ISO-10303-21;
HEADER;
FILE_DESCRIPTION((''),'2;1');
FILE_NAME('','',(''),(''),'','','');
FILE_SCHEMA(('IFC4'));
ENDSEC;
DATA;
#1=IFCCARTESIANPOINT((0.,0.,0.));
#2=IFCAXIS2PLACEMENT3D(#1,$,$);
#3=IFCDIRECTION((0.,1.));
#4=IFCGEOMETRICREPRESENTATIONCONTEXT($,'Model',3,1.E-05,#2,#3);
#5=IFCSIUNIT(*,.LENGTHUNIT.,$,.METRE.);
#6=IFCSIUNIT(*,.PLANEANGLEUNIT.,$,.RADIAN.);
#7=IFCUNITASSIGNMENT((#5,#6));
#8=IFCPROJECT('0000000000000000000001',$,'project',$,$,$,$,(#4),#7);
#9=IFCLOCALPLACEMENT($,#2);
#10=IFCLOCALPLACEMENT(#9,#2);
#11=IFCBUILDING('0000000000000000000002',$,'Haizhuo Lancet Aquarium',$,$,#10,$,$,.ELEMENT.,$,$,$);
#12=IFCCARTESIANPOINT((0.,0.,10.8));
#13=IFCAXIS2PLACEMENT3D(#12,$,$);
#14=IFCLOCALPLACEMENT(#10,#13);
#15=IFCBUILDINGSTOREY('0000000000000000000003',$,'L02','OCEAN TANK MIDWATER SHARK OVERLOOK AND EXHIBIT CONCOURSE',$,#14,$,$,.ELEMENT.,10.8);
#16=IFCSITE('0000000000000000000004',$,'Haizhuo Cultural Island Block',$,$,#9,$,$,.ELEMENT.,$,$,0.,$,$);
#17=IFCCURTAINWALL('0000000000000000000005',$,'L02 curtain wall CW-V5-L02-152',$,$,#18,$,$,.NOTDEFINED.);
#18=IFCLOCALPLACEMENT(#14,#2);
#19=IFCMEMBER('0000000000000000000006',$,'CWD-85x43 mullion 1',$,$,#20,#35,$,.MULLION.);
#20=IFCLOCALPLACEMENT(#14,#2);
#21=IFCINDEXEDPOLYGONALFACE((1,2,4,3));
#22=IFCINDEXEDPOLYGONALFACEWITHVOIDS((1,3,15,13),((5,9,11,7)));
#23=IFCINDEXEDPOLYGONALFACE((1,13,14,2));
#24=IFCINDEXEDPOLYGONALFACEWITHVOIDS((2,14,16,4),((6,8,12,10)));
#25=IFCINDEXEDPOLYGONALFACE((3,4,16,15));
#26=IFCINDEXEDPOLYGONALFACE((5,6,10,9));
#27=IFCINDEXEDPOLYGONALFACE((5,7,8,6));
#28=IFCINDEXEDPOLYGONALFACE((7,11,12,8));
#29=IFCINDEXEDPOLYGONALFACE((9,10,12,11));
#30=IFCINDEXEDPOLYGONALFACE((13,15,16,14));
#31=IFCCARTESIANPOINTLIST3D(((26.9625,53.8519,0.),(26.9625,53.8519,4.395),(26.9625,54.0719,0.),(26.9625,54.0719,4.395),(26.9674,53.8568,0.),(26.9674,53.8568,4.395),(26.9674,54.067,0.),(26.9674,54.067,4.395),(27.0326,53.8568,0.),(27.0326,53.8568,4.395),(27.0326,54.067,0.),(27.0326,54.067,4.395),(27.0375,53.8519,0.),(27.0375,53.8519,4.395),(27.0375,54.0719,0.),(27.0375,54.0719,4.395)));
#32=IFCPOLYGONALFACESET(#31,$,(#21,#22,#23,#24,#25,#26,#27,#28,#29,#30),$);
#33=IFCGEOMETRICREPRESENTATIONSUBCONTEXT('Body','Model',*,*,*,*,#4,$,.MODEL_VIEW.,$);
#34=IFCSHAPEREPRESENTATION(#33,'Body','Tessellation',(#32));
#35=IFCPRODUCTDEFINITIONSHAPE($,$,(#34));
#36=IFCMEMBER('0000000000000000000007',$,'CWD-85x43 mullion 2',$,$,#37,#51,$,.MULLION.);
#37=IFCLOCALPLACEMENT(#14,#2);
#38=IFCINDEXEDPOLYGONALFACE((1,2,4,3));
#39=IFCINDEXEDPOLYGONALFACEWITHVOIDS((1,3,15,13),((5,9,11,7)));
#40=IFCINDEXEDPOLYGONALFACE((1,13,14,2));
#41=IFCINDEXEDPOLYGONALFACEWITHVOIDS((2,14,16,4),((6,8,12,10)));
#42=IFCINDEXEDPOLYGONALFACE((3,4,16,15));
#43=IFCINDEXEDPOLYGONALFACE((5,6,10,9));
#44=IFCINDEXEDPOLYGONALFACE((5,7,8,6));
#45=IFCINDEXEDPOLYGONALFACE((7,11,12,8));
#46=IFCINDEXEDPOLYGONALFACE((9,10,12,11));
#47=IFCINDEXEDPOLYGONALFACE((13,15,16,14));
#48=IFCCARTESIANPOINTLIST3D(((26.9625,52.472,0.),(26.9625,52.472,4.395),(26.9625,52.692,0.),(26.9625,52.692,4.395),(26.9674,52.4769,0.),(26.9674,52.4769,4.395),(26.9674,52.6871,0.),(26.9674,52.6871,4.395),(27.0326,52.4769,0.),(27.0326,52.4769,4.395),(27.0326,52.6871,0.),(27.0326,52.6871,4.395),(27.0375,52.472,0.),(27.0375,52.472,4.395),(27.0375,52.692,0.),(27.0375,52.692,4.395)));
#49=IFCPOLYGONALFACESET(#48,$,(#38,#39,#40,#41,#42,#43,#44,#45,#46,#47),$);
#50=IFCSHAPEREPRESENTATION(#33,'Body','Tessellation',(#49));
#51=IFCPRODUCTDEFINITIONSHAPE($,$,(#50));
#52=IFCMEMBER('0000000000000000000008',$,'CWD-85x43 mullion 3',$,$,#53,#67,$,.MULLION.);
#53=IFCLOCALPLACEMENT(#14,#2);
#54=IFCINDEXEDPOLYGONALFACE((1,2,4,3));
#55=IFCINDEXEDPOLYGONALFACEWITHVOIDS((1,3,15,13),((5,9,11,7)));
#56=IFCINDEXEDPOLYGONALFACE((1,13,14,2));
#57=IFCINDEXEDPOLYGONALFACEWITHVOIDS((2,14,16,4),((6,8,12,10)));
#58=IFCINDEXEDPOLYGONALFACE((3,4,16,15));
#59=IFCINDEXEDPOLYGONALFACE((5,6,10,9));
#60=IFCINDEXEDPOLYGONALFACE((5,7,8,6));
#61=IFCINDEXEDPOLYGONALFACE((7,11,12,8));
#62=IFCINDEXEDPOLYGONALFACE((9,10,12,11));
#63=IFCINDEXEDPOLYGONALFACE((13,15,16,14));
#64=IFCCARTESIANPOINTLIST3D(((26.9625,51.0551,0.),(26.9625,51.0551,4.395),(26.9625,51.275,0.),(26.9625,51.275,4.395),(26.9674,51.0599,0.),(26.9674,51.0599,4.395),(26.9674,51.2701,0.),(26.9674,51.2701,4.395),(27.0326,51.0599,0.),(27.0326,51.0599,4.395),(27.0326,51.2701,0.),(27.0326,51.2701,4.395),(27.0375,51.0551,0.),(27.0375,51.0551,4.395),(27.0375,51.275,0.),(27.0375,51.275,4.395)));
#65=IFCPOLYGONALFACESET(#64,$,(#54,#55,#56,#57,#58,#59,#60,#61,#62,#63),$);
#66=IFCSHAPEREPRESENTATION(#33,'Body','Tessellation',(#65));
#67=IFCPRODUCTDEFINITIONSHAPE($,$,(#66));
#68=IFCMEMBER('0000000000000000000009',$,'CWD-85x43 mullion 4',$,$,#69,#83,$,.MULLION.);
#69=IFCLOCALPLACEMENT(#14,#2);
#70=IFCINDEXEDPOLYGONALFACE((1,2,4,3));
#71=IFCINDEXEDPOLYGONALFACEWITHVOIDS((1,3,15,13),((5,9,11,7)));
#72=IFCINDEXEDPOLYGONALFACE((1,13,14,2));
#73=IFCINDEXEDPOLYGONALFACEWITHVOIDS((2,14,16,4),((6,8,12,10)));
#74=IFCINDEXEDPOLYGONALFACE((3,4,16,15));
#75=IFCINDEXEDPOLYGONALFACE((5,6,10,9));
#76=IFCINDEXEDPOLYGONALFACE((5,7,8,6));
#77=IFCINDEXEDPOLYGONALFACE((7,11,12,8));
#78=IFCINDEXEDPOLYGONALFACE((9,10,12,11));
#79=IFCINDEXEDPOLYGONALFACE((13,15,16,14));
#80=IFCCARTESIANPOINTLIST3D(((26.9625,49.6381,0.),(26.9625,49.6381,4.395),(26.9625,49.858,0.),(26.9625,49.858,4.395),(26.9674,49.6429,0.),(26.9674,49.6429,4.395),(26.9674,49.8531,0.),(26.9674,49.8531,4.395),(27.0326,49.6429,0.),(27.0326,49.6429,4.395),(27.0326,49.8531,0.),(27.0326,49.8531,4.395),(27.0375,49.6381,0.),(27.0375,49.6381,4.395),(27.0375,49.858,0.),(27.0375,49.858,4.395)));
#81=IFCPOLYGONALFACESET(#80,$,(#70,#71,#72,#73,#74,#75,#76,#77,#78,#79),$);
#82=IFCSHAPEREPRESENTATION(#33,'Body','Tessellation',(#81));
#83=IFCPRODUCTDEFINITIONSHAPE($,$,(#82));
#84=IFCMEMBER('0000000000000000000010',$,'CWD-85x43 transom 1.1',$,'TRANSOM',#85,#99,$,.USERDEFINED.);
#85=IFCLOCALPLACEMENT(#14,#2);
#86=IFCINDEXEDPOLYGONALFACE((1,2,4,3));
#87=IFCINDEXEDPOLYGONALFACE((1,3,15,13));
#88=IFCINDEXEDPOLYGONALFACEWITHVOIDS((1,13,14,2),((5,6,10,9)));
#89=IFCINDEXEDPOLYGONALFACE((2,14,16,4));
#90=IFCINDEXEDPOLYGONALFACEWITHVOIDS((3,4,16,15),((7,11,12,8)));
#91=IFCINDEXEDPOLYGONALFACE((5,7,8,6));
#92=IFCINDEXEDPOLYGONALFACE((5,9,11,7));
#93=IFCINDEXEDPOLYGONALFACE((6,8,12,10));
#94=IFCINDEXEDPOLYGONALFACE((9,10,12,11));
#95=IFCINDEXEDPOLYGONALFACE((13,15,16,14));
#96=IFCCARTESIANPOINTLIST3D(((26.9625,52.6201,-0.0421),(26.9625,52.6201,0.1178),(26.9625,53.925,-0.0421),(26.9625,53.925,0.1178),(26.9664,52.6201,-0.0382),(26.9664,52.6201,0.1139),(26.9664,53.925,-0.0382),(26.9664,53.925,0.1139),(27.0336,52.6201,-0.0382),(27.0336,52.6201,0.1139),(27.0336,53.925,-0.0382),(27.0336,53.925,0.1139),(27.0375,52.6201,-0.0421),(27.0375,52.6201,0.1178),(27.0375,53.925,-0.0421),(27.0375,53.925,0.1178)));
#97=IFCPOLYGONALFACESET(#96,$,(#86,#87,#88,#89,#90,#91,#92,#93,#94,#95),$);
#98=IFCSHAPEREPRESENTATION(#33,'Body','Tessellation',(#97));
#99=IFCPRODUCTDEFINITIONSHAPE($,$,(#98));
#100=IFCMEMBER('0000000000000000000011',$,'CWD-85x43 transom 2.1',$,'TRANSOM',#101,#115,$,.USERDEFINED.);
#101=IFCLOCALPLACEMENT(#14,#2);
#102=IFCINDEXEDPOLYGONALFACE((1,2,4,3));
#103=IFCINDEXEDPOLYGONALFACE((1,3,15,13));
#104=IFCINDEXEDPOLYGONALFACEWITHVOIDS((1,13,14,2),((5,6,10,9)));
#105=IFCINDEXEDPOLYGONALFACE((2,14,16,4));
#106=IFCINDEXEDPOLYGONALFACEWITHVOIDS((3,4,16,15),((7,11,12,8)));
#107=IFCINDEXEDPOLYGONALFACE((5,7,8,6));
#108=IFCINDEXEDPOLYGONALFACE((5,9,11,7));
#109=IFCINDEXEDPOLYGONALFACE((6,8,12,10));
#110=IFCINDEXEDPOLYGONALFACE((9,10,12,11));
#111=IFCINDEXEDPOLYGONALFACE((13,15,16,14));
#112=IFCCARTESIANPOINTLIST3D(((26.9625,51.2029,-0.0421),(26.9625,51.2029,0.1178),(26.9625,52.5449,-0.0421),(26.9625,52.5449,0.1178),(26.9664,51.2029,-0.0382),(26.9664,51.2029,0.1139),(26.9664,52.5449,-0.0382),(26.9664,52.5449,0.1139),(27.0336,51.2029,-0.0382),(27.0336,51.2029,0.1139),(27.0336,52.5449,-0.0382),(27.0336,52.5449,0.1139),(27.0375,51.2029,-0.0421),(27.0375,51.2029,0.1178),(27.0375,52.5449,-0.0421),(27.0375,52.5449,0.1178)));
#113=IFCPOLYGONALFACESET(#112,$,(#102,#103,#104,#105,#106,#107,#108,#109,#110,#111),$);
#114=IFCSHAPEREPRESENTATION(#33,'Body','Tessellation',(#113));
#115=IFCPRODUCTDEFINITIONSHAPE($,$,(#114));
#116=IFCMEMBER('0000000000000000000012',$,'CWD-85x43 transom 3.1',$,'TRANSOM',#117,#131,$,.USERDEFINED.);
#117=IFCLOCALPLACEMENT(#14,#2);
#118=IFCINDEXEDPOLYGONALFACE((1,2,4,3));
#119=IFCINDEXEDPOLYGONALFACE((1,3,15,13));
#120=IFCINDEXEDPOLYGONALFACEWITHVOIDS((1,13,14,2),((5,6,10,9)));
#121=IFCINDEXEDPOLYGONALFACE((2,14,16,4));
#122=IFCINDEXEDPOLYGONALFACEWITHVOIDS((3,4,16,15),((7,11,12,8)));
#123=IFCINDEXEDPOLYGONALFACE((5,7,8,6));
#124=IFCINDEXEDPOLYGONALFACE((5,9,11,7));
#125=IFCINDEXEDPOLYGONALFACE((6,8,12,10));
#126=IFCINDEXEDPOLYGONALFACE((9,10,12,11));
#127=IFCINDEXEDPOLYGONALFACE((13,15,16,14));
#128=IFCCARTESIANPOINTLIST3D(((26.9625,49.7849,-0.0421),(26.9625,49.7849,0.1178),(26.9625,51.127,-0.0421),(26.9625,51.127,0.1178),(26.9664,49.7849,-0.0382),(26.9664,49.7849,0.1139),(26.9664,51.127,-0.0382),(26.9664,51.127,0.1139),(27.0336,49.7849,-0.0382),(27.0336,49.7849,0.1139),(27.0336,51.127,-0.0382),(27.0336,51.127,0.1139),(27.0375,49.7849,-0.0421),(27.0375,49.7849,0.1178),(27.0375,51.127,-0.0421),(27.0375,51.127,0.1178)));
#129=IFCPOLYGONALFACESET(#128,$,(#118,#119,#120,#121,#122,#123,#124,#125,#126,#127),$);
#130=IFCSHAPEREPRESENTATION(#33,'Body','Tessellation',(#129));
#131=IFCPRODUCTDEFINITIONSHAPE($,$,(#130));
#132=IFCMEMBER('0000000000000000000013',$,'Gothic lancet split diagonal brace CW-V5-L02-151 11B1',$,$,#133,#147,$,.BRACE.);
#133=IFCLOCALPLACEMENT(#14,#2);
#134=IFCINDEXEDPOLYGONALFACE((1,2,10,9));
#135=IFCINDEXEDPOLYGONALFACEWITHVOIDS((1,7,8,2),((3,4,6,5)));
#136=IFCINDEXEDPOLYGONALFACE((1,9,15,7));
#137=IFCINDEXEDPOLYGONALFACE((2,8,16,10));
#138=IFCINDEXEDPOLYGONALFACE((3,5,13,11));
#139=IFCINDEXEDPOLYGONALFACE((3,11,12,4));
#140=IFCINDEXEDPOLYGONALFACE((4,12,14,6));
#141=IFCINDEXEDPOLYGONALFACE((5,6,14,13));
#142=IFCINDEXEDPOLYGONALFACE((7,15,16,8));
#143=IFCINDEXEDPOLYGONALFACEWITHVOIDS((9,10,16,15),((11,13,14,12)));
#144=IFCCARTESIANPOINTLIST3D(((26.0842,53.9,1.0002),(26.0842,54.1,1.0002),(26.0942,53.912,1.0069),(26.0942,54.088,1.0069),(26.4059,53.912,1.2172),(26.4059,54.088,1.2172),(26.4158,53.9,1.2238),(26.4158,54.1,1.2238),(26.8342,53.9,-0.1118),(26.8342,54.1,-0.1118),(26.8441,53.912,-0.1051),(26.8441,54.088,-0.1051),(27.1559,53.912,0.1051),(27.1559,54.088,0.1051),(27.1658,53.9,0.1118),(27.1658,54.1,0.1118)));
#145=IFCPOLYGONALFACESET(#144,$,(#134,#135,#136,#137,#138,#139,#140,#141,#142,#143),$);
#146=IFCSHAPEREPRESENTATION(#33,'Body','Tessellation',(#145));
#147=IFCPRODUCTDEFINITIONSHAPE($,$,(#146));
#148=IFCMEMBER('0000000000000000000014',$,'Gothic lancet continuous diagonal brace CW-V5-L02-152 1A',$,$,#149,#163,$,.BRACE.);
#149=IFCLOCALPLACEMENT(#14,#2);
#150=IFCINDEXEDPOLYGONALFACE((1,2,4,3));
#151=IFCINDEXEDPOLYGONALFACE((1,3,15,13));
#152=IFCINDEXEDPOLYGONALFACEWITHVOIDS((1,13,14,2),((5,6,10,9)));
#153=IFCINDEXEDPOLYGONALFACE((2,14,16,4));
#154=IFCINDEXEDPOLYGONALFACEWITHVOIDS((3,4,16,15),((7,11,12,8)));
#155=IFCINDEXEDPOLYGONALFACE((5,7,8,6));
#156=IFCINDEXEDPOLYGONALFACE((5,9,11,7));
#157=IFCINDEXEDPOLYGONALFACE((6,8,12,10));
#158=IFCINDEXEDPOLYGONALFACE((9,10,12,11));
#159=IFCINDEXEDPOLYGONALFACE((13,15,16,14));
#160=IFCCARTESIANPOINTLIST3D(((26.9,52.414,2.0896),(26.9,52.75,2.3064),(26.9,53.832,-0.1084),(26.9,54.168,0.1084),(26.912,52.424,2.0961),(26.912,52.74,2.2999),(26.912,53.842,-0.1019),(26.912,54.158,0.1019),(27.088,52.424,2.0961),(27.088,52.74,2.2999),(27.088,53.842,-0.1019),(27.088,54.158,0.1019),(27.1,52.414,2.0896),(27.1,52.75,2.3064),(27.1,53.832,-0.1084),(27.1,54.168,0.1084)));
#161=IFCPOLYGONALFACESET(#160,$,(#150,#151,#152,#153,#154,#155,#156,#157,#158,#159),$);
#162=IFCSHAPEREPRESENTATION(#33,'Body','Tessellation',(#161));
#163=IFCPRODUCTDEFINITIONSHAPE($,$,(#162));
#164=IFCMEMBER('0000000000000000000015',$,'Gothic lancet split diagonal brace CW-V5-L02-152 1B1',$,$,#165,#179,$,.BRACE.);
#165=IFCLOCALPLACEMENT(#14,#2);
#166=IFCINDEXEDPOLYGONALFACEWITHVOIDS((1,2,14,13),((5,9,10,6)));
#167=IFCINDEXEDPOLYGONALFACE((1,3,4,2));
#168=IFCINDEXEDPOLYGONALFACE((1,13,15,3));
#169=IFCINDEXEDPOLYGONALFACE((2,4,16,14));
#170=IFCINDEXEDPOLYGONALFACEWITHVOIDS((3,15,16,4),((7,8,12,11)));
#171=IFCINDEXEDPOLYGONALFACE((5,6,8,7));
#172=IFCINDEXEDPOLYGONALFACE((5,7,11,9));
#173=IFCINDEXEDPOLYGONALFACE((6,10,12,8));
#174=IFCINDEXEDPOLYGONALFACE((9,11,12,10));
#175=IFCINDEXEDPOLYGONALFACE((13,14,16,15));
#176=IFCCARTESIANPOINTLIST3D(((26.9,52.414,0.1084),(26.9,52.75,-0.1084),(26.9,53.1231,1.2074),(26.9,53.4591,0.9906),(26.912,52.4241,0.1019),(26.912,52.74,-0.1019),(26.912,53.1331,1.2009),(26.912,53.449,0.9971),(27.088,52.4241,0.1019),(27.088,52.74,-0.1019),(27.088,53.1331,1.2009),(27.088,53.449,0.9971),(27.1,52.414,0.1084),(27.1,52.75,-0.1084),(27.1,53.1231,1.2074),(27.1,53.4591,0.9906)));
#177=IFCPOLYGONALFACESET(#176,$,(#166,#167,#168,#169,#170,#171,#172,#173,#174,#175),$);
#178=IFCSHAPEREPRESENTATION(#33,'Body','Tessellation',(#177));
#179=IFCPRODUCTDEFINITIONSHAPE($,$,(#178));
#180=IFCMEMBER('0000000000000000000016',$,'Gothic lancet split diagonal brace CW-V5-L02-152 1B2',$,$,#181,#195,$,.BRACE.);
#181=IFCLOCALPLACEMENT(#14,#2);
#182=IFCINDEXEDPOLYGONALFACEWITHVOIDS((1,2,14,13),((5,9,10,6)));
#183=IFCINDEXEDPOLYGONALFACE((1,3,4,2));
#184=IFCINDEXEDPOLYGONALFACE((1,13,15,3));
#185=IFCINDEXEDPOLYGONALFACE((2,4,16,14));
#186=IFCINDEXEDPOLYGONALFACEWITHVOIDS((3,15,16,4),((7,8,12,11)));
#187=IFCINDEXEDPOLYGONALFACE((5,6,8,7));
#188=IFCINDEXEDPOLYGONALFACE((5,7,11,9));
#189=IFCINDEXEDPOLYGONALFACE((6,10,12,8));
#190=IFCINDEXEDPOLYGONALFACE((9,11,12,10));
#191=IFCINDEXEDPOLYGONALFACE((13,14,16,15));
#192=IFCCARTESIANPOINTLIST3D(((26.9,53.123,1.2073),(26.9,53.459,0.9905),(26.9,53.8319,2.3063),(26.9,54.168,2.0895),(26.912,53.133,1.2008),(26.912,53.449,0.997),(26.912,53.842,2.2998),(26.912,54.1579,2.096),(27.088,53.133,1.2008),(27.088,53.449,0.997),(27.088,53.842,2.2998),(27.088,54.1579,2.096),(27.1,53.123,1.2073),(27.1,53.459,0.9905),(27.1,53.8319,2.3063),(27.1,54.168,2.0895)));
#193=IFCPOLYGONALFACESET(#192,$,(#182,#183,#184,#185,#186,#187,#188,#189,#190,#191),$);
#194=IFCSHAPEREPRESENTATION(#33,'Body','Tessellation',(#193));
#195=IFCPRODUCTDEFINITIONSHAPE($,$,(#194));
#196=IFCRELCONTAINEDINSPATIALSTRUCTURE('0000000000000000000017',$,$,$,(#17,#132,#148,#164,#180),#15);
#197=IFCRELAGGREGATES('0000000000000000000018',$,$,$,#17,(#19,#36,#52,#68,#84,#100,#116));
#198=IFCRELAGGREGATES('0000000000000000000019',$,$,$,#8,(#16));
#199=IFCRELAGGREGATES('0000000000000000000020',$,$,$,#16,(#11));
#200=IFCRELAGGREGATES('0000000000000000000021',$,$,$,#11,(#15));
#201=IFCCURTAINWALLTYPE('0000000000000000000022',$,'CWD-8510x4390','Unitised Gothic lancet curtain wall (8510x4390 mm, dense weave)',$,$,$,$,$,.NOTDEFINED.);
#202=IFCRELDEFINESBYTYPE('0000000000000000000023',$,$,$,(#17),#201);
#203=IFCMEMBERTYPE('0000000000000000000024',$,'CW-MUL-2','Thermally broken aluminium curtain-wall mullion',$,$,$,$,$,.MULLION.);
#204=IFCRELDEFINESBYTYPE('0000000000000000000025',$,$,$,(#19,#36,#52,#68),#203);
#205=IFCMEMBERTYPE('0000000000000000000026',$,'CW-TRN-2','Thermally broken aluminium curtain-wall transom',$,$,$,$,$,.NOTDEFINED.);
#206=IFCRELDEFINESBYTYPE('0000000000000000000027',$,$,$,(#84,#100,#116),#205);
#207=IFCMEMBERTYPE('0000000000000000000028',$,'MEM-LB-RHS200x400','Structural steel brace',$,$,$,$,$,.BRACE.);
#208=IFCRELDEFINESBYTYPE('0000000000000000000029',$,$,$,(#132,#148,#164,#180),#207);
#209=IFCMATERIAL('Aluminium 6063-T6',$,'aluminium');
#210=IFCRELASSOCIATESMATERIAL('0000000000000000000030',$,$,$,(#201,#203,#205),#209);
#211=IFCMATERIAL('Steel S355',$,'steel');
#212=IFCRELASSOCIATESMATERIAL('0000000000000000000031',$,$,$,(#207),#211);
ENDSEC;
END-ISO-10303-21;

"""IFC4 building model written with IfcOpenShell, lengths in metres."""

from ifc_helpers import new_model, si_unit, direction, frame, origin, origin_2d, place, context, subcontext, project, spatial, hollow_rectangle, extrude, material, material_profile, profile_set, type_object, element, aggregate, save


model = new_model("IFC4")

# Units and contexts
model_context = context("Model", 3, precision=1e-05, world=origin(), true_north=direction((0.0, 1.0)))
body_context = subcontext(model_context, "Body", "Model", "MODEL_VIEW")
ifc_project = project(units=[si_unit("LENGTHUNIT", "METRE"), si_unit("PLANEANGLEUNIT", "RADIAN")], contexts=[model_context])

# Site, building, storey
site_placement = place(None, origin())
site = spatial("IfcSite", under=ifc_project, at=site_placement, Name="Haizhuo Cultural Island Block", CompositionType="ELEMENT", RefElevation=0.0)
building_placement = place(site_placement, origin())
building = spatial("IfcBuilding", under=site, at=building_placement, Name="Haizhuo Lancet Aquarium", CompositionType="ELEMENT")
storey_placement = place(building_placement, frame((0.0, 0.0, 10.8)))
storey = spatial("IfcBuildingStorey", under=building, at=storey_placement, Name="L02", Description="OCEAN TANK MIDWATER SHARK OVERLOOK AND EXHIBIT CONCOURSE", CompositionType="ELEMENT", Elevation=10.8)

# Curtain wall, members
ifc_material_1 = material(Name="Aluminium 6063-T6", Category="aluminium")
curtain_wall_type = type_object("IfcCurtainWallType", Name="CWD-8510x4390", Description="Unitised Gothic lancet curtain wall (8510x4390 mm, dense weave)", PredefinedType="NOTDEFINED", material=ifc_material_1)
curtain_wall_placement = place(storey_placement, origin())
curtain_wall = element("IfcCurtainWall", 1, at=curtain_wall_placement, inside=storey, type_object=curtain_wall_type, Name="L02 curtain wall CW-V5-L02-152", PredefinedType="NOTDEFINED")
ifc_material_profile_1 = material_profile(ifc_material_1, hollow_rectangle(XDim=0.075, YDim=0.22, WallThickness=0.0049, at=origin_2d()), Name="ALU-M 75x220x5")
ifc_profile_set_1 = profile_set([ifc_material_profile_1], Name="Aluminium 6063-T6")
member_type_1 = type_object("IfcMemberType", Name="CW-MUL-2", Description="Thermally broken aluminium curtain-wall mullion", PredefinedType="MULLION", material=ifc_profile_set_1)
member_1_placement = place(storey_placement, frame((27.0, 53.9619, 0.0), z_axis=(0.0, 0.0, 1.0), x_axis=(1.0, 0.0, 0.0)))
member_1 = element("IfcMember", 2, at=member_1_placement, type_object=member_type_1, Name="CWD-85x43 mullion 1", PredefinedType="MULLION", context=body_context, shape_type="SweptSolid", body=[
    extrude(hollow_rectangle(XDim=0.075, YDim=0.22, WallThickness=0.0049, at=origin_2d()), origin(), (0.0, 0.0, 1.0), 4.395),
])
member_2_placement = place(storey_placement, frame((27.0, 52.582, 0.0), z_axis=(0.0, 0.0, 1.0), x_axis=(1.0, 0.0, 0.0)))
member_2 = element("IfcMember", 3, at=member_2_placement, type_object=member_type_1, Name="CWD-85x43 mullion 2", PredefinedType="MULLION", context=body_context, shape_type="SweptSolid", body=[
    extrude(hollow_rectangle(XDim=0.075, YDim=0.22, WallThickness=0.0049, at=origin_2d()), origin(), (0.0, 0.0, 1.0), 4.395),
])
member_3_placement = place(storey_placement, frame((27.0, 51.165, 0.0), z_axis=(0.0, 0.0, 1.0), x_axis=(1.0, 0.0, 0.0)))
member_3 = element("IfcMember", 4, at=member_3_placement, type_object=member_type_1, Name="CWD-85x43 mullion 3", PredefinedType="MULLION", context=body_context, shape_type="SweptSolid", body=[
    extrude(hollow_rectangle(XDim=0.075, YDim=0.22, WallThickness=0.0049, at=origin_2d()), origin(), (0.0, 0.0, 1.0), 4.395),
])
member_4_placement = place(storey_placement, frame((27.0, 49.748, 0.0), z_axis=(0.0, 0.0, 1.0), x_axis=(1.0, 0.0, 0.0)))
member_4 = element("IfcMember", 5, at=member_4_placement, type_object=member_type_1, Name="CWD-85x43 mullion 4", PredefinedType="MULLION", context=body_context, shape_type="SweptSolid", body=[
    extrude(hollow_rectangle(XDim=0.075, YDim=0.22, WallThickness=0.0049, at=origin_2d()), origin(), (0.0, 0.0, 1.0), 4.395),
])
ifc_material_profile_2 = material_profile(ifc_material_1, hollow_rectangle(XDim=0.075, YDim=0.1599, WallThickness=0.0039, at=origin_2d()), Name="ALU-T 75x160x4")
ifc_profile_set_2 = profile_set([ifc_material_profile_2], Name="Aluminium 6063-T6")
member_type_2 = type_object("IfcMemberType", Name="CW-TRN-2", Description="Thermally broken aluminium curtain-wall transom", PredefinedType="NOTDEFINED", material=ifc_profile_set_2)
member_5_placement = place(storey_placement, frame((27.0, 53.925, 0.0378), z_axis=(0.0, -1.0, 0.0), x_axis=(1.0, 0.0, 0.0)))
member_5 = element("IfcMember", 6, at=member_5_placement, type_object=member_type_2, Name="CWD-85x43 transom 1.1", ObjectType="TRANSOM", PredefinedType="USERDEFINED", context=body_context, shape_type="SweptSolid", body=[
    extrude(hollow_rectangle(XDim=0.075, YDim=0.1599, WallThickness=0.0039, at=origin_2d()), origin(), (0.0, 0.0, 1.0), 1.3049),
])
member_6_placement = place(storey_placement, frame((27.0, 52.5449, 0.0378), z_axis=(0.0, -1.0, 0.0), x_axis=(1.0, 0.0, 0.0)))
member_6 = element("IfcMember", 7, at=member_6_placement, type_object=member_type_2, Name="CWD-85x43 transom 2.1", ObjectType="TRANSOM", PredefinedType="USERDEFINED", context=body_context, shape_type="SweptSolid", body=[
    extrude(hollow_rectangle(XDim=0.075, YDim=0.1599, WallThickness=0.0039, at=origin_2d()), origin(), (0.0, 0.0, 1.0), 1.342),
])
member_7_placement = place(storey_placement, frame((27.0, 51.127, 0.0378), z_axis=(0.0, -1.0, 0.0), x_axis=(1.0, 0.0, 0.0)))
member_7 = element("IfcMember", 8, at=member_7_placement, type_object=member_type_2, Name="CWD-85x43 transom 3.1", ObjectType="TRANSOM", PredefinedType="USERDEFINED", context=body_context, shape_type="SweptSolid", body=[
    extrude(hollow_rectangle(XDim=0.075, YDim=0.1599, WallThickness=0.0039, at=origin_2d()), origin(), (0.0, 0.0, 1.0), 1.342),
])

# Members
ifc_material_2 = material(Name="Steel S355", Category="steel")
ifc_material_profile_3 = material_profile(ifc_material_2, hollow_rectangle(XDim=0.2, YDim=0.3999, WallThickness=0.012, at=origin_2d()), Name="RHS 200x400x12")
ifc_profile_set_3 = profile_set([ifc_material_profile_3], Name="Steel S355")
member_type_3 = type_object("IfcMemberType", Name="MEM-LB-RHS200x400", Description="Structural steel brace", PredefinedType="BRACE", material=ifc_profile_set_3)
member_8_placement = place(storey_placement, frame((27.0, 54.0, 0.0), z_axis=(-0.559145, 0.0, 0.82907), x_axis=(0.0, -1.0, 0.0)))
element("IfcMember", 9, at=member_8_placement, inside=storey, type_object=member_type_3, Name="Gothic lancet split diagonal brace CW-V5-L02-151 11B1", PredefinedType="BRACE", context=body_context, shape_type="SweptSolid", body=[
    extrude(hollow_rectangle(XDim=0.2, YDim=0.3999, WallThickness=0.012, at=origin_2d()), origin(), (0.0, 0.0, 1.0), 1.3413),
])
member_9_placement = place(storey_placement, frame((27.0, 54.0, 0.0), z_axis=(0.0, -0.542101, 0.840313), x_axis=(1.0, 0.0, 0.0)))
element("IfcMember", 10, at=member_9_placement, inside=storey, type_object=member_type_3, Name="Gothic lancet continuous diagonal brace CW-V5-L02-152 1A", PredefinedType="BRACE", context=body_context, shape_type="SweptSolid", body=[
    extrude(hollow_rectangle(XDim=0.2, YDim=0.3999, WallThickness=0.012, at=origin_2d()), origin(), (0.0, 0.0, 1.0), 2.6157),
])
for number, where, z_axis, x_axis, name in (
    (11, (27.0, 52.582, 0.0), (0.0, 0.542144, 0.840286), (-1.0, 0.0, 0.0), "Gothic lancet split diagonal brace CW-V5-L02-152 1B1"),
    (12, (27.0, 53.291, 1.0989), (0.0, 0.542059, 0.840341), (-1.0, 0.0, 0.0), "Gothic lancet split diagonal brace CW-V5-L02-152 1B2"),
):
    element("IfcMember", number, at=place(storey_placement, frame(where, z_axis=z_axis, x_axis=x_axis)), inside=storey, type_object=member_type_3, Name=name, PredefinedType="BRACE", context=body_context, shape_type="SweptSolid", body=[
        extrude(hollow_rectangle(XDim=0.2, YDim=0.3999, WallThickness=0.012, at=origin_2d()), origin(), (0.0, 0.0, 1.0), 1.3079),
    ])

aggregate(curtain_wall, [member_1, member_2, member_3, member_4, member_5, member_6, member_7])

save(model, "model.ifc")
